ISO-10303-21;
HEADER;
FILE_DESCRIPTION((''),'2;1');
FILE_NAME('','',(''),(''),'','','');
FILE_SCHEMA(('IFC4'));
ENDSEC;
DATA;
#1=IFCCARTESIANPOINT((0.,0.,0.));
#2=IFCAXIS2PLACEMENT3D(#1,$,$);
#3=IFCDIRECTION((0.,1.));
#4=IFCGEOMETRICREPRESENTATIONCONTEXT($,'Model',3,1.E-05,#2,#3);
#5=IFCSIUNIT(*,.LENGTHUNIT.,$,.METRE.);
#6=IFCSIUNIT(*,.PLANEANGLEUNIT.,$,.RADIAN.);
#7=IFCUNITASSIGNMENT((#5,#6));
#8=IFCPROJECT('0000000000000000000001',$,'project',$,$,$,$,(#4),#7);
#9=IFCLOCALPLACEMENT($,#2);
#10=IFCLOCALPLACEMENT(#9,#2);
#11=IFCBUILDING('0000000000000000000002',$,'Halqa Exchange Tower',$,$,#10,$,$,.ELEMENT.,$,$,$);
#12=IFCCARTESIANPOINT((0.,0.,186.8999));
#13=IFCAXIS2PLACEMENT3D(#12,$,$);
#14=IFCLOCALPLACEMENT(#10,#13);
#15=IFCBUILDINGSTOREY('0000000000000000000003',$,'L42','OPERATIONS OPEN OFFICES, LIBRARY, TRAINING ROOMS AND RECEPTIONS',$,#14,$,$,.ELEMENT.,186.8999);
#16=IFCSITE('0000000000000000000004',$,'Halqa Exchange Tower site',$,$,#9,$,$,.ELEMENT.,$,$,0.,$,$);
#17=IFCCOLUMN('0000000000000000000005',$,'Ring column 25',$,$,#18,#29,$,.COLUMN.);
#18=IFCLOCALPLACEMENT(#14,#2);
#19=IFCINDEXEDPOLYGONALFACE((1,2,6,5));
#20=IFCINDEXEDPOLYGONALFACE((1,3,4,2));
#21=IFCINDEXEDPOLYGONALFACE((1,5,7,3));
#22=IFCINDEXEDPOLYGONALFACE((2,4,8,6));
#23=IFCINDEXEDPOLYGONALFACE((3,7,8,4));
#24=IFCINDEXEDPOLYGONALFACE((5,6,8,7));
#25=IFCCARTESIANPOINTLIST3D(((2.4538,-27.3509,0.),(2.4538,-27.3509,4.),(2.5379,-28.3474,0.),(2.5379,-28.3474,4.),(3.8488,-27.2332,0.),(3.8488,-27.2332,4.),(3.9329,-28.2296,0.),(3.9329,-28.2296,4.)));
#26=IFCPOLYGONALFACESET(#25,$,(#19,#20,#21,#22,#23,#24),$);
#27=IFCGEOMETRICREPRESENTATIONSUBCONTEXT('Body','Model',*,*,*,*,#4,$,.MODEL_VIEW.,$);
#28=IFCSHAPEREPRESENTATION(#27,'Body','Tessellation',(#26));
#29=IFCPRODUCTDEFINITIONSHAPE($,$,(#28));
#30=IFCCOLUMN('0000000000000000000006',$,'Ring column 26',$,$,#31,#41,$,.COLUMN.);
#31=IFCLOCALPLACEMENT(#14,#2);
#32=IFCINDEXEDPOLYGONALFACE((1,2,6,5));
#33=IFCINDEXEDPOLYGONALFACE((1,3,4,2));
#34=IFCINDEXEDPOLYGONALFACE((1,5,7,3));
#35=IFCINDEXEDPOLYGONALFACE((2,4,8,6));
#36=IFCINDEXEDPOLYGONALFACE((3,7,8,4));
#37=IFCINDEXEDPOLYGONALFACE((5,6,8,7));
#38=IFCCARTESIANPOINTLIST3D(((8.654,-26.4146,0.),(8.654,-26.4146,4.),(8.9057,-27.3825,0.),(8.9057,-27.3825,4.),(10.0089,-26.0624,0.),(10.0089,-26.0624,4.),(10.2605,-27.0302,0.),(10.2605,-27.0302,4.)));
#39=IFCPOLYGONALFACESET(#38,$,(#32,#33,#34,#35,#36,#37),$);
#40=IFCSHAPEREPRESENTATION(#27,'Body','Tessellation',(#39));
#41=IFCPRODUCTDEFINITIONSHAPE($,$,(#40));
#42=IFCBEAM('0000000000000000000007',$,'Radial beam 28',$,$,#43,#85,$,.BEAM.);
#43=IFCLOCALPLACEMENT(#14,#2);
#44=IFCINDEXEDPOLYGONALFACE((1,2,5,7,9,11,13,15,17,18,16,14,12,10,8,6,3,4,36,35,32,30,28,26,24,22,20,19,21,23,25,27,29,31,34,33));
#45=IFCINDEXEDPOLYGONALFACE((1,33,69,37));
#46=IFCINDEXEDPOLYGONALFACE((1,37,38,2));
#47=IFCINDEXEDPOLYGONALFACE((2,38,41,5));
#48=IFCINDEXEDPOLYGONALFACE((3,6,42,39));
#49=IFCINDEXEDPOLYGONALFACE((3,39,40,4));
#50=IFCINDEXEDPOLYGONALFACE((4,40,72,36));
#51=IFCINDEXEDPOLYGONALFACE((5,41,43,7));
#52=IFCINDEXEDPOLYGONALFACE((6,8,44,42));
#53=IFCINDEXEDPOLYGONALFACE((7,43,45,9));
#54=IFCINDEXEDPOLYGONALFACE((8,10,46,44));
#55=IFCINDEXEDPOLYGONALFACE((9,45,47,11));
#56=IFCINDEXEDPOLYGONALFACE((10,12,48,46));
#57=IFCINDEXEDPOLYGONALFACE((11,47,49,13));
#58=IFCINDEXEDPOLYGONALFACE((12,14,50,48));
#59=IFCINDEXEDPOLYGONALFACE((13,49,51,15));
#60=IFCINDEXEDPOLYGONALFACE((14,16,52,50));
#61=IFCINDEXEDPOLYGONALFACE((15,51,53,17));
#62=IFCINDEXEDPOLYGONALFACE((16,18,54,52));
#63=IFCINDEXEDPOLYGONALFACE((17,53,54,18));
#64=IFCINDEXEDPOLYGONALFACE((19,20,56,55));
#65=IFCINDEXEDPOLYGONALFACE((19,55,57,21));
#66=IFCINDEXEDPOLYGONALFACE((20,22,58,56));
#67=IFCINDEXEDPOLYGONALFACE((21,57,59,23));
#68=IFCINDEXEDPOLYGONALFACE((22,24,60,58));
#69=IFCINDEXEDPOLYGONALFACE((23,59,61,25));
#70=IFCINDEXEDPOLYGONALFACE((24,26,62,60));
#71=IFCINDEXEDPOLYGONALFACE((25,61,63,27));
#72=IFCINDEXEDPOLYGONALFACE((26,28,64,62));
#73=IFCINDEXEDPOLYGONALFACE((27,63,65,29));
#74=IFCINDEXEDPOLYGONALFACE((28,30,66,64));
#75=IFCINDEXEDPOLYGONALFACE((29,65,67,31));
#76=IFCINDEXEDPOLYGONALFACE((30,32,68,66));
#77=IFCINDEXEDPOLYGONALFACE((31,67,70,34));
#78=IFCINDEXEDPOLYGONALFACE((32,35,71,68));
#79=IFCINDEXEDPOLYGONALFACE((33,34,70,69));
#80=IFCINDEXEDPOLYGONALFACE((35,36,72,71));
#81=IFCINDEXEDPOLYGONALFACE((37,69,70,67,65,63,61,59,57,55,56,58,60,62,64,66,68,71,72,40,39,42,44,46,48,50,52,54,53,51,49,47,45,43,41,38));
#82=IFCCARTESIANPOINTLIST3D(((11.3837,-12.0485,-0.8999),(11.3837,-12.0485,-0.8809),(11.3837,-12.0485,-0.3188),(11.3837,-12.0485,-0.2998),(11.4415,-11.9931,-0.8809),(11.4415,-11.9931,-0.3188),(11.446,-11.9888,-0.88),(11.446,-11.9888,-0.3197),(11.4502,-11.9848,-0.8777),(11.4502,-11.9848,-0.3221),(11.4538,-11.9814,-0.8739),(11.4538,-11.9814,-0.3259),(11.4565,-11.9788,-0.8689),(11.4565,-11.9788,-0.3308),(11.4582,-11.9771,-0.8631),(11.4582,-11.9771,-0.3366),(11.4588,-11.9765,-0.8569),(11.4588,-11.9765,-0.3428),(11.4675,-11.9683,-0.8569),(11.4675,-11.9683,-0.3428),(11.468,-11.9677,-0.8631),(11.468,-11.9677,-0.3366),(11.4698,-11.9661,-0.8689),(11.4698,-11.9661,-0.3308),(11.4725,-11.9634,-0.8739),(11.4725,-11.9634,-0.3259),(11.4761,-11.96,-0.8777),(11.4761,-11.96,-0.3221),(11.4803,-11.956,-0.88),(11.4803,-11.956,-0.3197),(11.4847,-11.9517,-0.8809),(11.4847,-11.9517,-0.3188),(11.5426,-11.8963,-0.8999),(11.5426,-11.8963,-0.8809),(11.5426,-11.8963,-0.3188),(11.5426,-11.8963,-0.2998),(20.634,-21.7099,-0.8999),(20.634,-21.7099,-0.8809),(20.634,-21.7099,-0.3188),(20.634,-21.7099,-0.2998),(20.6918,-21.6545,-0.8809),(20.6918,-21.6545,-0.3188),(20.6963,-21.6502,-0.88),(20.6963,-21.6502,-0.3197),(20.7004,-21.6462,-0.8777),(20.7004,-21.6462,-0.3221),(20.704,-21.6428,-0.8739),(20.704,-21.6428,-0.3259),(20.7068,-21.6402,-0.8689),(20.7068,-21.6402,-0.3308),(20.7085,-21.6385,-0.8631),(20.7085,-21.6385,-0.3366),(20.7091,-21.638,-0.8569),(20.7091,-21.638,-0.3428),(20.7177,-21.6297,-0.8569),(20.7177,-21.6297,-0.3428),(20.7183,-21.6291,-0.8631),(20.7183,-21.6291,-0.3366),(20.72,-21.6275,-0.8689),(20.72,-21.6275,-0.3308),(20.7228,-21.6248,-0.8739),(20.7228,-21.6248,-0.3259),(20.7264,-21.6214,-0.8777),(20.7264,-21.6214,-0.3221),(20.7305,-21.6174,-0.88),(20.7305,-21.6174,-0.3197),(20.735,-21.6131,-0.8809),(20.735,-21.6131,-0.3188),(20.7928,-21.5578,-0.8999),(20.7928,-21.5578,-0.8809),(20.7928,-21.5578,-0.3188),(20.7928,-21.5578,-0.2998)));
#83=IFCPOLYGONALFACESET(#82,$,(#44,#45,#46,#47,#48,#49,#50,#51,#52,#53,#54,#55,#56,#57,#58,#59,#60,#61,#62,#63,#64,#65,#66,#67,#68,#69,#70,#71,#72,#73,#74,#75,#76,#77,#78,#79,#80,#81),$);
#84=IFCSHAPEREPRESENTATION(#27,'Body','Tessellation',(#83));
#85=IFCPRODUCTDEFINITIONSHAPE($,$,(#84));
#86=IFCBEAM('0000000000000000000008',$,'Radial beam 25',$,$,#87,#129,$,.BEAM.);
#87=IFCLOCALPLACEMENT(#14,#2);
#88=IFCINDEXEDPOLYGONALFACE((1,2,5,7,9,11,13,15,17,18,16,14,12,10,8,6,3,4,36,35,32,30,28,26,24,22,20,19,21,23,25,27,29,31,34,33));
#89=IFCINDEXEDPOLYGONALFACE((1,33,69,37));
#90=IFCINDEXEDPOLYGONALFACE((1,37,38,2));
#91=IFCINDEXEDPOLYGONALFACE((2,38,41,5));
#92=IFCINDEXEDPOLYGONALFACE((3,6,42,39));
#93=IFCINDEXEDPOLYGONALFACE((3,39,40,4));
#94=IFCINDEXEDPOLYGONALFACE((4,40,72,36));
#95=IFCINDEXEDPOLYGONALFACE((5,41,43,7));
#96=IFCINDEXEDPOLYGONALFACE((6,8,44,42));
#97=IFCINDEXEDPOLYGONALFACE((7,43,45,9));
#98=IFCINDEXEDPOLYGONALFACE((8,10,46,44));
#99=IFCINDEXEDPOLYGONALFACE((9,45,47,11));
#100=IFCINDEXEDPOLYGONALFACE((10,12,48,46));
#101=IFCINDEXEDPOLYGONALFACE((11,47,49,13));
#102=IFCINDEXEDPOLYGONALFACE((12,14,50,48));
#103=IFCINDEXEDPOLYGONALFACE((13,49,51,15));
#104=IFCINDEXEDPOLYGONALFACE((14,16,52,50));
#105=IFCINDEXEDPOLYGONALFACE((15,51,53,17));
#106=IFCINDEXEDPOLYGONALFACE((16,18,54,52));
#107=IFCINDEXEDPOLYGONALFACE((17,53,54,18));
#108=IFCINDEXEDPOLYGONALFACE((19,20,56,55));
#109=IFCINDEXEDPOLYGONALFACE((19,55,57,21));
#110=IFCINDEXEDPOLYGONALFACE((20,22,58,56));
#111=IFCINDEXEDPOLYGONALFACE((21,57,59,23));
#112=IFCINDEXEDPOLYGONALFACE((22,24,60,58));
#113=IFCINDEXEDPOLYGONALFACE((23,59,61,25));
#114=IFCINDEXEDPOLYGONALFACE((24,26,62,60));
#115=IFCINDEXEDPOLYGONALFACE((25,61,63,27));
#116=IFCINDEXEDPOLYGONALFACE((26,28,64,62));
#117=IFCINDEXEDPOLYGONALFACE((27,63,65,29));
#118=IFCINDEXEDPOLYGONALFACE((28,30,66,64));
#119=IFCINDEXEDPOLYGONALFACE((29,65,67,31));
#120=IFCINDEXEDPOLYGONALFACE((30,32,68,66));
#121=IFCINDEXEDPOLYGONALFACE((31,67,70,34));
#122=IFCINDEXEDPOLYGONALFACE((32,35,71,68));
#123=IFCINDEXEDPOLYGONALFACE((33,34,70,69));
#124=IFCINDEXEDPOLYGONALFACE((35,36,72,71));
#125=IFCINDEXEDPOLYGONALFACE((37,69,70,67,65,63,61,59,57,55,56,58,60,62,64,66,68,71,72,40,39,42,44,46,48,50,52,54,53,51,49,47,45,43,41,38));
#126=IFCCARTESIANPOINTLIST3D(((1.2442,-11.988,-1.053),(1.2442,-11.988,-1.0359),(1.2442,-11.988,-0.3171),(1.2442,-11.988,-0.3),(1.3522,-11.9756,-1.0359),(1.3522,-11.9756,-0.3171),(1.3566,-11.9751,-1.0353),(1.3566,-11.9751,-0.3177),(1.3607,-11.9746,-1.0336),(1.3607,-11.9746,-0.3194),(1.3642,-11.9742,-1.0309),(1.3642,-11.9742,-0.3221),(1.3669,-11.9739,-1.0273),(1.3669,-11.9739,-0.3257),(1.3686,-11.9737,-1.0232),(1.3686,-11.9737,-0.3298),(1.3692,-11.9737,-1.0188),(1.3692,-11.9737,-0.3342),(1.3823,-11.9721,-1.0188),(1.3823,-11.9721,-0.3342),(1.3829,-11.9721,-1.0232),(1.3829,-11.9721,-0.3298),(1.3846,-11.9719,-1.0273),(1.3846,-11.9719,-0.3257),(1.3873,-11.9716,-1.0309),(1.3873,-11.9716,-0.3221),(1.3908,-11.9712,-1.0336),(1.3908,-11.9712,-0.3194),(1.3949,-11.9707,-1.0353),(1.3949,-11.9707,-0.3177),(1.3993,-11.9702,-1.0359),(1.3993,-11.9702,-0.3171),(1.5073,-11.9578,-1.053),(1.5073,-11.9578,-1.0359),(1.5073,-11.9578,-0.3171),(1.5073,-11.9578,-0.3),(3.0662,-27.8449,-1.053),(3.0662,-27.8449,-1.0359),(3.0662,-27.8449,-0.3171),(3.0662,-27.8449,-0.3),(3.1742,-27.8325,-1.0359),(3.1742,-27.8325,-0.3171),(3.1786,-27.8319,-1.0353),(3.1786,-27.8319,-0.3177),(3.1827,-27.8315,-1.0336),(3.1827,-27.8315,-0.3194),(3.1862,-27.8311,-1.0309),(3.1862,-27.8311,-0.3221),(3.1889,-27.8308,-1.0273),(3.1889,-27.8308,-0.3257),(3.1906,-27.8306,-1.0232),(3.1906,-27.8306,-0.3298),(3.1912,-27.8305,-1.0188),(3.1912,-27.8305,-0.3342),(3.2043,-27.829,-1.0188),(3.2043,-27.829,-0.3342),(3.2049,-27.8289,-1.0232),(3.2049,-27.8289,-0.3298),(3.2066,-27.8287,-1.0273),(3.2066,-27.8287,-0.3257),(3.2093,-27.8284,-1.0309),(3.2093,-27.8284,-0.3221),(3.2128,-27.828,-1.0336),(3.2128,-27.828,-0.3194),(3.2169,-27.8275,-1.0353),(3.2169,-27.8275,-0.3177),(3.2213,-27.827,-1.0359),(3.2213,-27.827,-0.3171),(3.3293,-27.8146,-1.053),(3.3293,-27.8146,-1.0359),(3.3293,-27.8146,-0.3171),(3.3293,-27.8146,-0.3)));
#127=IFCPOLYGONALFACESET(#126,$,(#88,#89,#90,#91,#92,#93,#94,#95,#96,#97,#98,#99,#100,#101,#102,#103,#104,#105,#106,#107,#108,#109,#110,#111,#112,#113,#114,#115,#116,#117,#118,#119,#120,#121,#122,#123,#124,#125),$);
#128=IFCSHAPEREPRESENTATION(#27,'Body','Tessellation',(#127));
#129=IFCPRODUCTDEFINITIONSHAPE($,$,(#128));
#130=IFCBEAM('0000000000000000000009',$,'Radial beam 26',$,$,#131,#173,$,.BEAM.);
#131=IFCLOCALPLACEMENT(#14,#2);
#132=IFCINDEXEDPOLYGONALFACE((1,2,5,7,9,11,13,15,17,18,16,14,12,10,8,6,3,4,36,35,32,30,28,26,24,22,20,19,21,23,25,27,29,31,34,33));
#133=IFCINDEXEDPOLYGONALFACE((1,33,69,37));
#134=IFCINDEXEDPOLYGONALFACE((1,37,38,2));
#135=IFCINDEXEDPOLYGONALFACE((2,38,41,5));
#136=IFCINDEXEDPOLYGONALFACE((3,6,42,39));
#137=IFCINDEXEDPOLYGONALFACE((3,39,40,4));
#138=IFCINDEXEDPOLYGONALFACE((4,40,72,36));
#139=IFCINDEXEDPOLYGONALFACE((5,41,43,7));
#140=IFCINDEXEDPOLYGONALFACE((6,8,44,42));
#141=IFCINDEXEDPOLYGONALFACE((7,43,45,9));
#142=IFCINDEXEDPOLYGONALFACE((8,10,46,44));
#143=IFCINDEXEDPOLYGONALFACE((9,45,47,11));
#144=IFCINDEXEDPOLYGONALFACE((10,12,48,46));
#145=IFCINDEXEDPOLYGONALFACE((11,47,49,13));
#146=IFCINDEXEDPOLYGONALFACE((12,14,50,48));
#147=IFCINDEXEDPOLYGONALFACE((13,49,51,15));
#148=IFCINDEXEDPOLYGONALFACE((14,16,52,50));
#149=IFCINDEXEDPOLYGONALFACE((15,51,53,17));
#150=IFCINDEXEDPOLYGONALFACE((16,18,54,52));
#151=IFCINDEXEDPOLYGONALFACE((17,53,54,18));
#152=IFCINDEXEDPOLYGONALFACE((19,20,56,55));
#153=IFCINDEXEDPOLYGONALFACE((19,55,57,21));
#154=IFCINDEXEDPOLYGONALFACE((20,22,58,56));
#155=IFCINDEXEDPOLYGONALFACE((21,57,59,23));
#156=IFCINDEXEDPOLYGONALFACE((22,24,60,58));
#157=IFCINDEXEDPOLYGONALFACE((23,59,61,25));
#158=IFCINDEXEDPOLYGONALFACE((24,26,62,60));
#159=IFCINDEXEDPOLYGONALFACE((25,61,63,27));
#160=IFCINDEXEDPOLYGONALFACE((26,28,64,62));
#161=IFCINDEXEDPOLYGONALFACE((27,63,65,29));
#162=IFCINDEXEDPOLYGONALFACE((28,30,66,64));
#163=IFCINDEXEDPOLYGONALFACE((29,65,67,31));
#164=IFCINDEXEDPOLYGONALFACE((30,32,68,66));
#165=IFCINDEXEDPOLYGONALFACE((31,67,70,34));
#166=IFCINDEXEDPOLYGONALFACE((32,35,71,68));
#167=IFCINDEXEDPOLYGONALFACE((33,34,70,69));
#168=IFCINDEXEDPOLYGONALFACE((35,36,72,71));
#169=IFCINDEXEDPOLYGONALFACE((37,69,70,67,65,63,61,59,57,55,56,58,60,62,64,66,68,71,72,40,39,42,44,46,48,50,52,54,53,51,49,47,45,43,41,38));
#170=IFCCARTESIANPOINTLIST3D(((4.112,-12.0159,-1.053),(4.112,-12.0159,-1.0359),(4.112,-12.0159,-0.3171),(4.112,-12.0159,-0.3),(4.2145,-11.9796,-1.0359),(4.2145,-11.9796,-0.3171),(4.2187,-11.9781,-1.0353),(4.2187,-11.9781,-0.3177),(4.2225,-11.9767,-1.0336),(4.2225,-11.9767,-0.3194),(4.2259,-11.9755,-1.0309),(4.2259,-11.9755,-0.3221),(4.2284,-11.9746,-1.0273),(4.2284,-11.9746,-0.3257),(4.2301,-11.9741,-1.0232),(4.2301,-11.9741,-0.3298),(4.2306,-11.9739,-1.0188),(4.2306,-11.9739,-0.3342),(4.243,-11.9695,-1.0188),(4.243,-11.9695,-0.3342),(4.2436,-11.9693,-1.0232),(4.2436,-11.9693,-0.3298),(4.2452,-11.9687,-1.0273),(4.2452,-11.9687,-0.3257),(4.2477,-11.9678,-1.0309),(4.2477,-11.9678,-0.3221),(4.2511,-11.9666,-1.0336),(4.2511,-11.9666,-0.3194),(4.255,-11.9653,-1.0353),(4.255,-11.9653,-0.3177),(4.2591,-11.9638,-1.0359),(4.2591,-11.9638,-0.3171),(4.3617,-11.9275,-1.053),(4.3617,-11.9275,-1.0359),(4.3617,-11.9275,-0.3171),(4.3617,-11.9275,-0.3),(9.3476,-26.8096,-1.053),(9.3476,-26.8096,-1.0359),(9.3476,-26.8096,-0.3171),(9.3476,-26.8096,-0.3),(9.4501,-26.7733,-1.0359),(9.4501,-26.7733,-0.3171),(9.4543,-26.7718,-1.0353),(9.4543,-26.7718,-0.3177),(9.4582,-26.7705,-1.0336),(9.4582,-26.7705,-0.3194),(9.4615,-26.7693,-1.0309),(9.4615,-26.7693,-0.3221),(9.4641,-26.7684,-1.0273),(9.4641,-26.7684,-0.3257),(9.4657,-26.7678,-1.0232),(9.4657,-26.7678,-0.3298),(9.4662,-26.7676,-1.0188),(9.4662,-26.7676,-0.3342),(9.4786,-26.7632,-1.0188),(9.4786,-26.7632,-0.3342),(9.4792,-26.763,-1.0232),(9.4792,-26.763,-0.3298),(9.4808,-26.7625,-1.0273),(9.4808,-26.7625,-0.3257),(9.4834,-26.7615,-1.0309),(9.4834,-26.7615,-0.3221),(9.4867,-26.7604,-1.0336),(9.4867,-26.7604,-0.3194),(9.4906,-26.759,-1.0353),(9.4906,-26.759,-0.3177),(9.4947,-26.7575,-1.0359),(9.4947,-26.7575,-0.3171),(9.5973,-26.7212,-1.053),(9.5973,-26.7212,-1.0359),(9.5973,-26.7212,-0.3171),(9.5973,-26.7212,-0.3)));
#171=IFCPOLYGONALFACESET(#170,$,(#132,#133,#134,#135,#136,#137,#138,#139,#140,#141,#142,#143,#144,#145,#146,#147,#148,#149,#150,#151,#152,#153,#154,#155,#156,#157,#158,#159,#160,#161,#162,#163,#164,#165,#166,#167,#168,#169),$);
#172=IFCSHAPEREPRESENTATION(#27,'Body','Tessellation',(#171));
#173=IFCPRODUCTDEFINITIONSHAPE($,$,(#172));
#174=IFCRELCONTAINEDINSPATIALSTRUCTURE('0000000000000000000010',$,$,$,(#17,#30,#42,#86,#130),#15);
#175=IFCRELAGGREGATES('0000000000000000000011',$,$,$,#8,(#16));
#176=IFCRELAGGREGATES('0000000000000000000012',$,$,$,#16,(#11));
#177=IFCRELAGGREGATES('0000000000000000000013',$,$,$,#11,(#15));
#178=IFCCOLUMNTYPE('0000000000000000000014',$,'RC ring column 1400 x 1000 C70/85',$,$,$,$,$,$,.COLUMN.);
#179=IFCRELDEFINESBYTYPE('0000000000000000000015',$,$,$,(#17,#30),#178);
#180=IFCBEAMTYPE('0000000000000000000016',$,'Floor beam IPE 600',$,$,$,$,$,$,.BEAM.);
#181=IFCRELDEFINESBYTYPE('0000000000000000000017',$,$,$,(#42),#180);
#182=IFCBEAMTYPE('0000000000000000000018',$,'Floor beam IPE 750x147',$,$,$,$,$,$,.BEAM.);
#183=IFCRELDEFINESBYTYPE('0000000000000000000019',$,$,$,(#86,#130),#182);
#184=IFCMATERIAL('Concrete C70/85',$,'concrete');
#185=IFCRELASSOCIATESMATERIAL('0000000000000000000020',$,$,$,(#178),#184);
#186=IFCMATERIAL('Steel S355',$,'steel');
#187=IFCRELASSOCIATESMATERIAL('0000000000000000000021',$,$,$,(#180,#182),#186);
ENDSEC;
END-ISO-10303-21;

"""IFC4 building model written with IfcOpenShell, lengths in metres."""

from ifc_helpers import new_model, si_unit, direction, frame, origin, origin_2d, place, context, subcontext, project, spatial, rectangle, i_section, extrude, material, material_profile, profile_set, type_object, element, save


model = new_model("IFC4")

# Units and contexts
model_context = context("Model", 3, precision=1e-05, world=origin(), true_north=direction((0.0, 1.0)))
body_context = subcontext(model_context, "Body", "Model", "MODEL_VIEW")
ifc_project = project(units=[si_unit("LENGTHUNIT", "METRE"), si_unit("PLANEANGLEUNIT", "RADIAN")], contexts=[model_context])

# Site, building, storey
site_placement = place(None, origin())
site = spatial("IfcSite", under=ifc_project, at=site_placement, Name="Halqa Exchange Tower site", CompositionType="ELEMENT", RefElevation=0.0)
building_placement = place(site_placement, origin())
building = spatial("IfcBuilding", under=site, at=building_placement, Name="Halqa Exchange Tower", CompositionType="ELEMENT")
storey_placement = place(building_placement, frame((0.0, 0.0, 186.8999)))
storey = spatial("IfcBuildingStorey", under=building, at=storey_placement, Name="L42", Description="OPERATIONS OPEN OFFICES, LIBRARY, TRAINING ROOMS AND RECEPTIONS", CompositionType="ELEMENT", Elevation=186.8999)

# Columns
ifc_material_1 = material(Name="Concrete C70/85", Category="concrete")
ifc_material_profile_1 = material_profile(ifc_material_1, rectangle(XDim=1.3999, YDim=1.0, at=origin_2d()), Name="1400 x 1000")
ifc_profile_set_1 = profile_set([ifc_material_profile_1], Name="Concrete C70/85")
column_type = type_object("IfcColumnType", Name="RC ring column 1400 x 1000 C70/85", PredefinedType="COLUMN", material=ifc_profile_set_1)
for number, where, z_axis, x_axis, name in (
    (1, (3.1934, -27.7903, 0.0), (0.0, 0.0, 1.0), (0.996456, 0.084116, 0.0), "Ring column 25"),
    (2, (9.4573, -26.7224, 0.0), (0.0, 0.0, 1.0), (0.967821, 0.25164, 0.0), "Ring column 26"),
):
    element("IfcColumn", number, at=place(storey_placement, frame(where, z_axis=z_axis, x_axis=x_axis)), inside=storey, type_object=column_type, Name=name, PredefinedType="COLUMN", context=body_context, shape_type="SweptSolid", body=[
        extrude(rectangle(XDim=1.3999, YDim=1.0, at=origin_2d()), origin(), (0.0, 0.0, 1.0), 4.0),
    ])

# Beams
ifc_material_2 = material(Name="Steel S355", Category="steel")
ifc_material_profile_2 = material_profile(ifc_material_2, i_section(OverallWidth=0.22, OverallDepth=0.6001, WebThickness=0.012, FlangeThickness=0.019, FilletRadius=0.0239, at=origin_2d()), Name="IPE 600")
ifc_profile_set_2 = profile_set([ifc_material_profile_2], Name="Steel S355")
beam_type_1 = type_object("IfcBeamType", Name="Floor beam IPE 600", PredefinedType="BEAM", material=ifc_profile_set_2)
beam_1_placement = place(storey_placement, frame((11.4631, -11.9724, -0.5999), z_axis=(0.691571, -0.722308, 0.0), x_axis=(0.722308, 0.691571, 0.0)))
element("IfcBeam", 3, at=beam_1_placement, inside=storey, type_object=beam_type_1, Name="Radial beam 28", PredefinedType="BEAM", context=body_context, shape_type="SweptSolid", body=[
    extrude(i_section(OverallWidth=0.22, OverallDepth=0.6001, WebThickness=0.012, FlangeThickness=0.019, FilletRadius=0.0239, at=origin_2d()), origin(), (0.0, 0.0, 1.0), 13.3757),
])
ifc_material_profile_3 = material_profile(ifc_material_2, i_section(OverallWidth=0.2649, OverallDepth=0.7529, WebThickness=0.0132, FlangeThickness=0.0171, FilletRadius=0.0171, at=origin_2d()), Name="IPE 750x147")
ifc_profile_set_3 = profile_set([ifc_material_profile_3], Name="Steel S355")
beam_type_2 = type_object("IfcBeamType", Name="Floor beam IPE 750x147", PredefinedType="BEAM", material=ifc_profile_set_3)
beam_2_placement = place(storey_placement, frame((1.3757, -11.9729, -0.6765), z_axis=(0.114153, -0.993463, 0.0), x_axis=(0.993463, 0.114153, 0.0)))
element("IfcBeam", 4, at=beam_2_placement, inside=storey, type_object=beam_type_2, Name="Radial beam 25", PredefinedType="BEAM", context=body_context, shape_type="SweptSolid", body=[
    extrude(i_section(OverallWidth=0.2649, OverallDepth=0.7529, WebThickness=0.0132, FlangeThickness=0.0171, FilletRadius=0.0171, at=origin_2d()), origin(), (0.0, 0.0, 1.0), 15.9612),
])
beam_3_placement = place(storey_placement, frame((4.2368, -11.9717, -0.6765), z_axis=(0.33363, -0.942704, 0.0), x_axis=(0.942704, 0.33363, 0.0)))
element("IfcBeam", 5, at=beam_3_placement, inside=storey, type_object=beam_type_2, Name="Radial beam 26", PredefinedType="BEAM", context=body_context, shape_type="SweptSolid", body=[
    extrude(i_section(OverallWidth=0.2649, OverallDepth=0.7529, WebThickness=0.0132, FlangeThickness=0.0171, FilletRadius=0.0171, at=origin_2d()), origin(), (0.0, 0.0, 1.0), 15.6929),
])

save(model, "model.ifc")
